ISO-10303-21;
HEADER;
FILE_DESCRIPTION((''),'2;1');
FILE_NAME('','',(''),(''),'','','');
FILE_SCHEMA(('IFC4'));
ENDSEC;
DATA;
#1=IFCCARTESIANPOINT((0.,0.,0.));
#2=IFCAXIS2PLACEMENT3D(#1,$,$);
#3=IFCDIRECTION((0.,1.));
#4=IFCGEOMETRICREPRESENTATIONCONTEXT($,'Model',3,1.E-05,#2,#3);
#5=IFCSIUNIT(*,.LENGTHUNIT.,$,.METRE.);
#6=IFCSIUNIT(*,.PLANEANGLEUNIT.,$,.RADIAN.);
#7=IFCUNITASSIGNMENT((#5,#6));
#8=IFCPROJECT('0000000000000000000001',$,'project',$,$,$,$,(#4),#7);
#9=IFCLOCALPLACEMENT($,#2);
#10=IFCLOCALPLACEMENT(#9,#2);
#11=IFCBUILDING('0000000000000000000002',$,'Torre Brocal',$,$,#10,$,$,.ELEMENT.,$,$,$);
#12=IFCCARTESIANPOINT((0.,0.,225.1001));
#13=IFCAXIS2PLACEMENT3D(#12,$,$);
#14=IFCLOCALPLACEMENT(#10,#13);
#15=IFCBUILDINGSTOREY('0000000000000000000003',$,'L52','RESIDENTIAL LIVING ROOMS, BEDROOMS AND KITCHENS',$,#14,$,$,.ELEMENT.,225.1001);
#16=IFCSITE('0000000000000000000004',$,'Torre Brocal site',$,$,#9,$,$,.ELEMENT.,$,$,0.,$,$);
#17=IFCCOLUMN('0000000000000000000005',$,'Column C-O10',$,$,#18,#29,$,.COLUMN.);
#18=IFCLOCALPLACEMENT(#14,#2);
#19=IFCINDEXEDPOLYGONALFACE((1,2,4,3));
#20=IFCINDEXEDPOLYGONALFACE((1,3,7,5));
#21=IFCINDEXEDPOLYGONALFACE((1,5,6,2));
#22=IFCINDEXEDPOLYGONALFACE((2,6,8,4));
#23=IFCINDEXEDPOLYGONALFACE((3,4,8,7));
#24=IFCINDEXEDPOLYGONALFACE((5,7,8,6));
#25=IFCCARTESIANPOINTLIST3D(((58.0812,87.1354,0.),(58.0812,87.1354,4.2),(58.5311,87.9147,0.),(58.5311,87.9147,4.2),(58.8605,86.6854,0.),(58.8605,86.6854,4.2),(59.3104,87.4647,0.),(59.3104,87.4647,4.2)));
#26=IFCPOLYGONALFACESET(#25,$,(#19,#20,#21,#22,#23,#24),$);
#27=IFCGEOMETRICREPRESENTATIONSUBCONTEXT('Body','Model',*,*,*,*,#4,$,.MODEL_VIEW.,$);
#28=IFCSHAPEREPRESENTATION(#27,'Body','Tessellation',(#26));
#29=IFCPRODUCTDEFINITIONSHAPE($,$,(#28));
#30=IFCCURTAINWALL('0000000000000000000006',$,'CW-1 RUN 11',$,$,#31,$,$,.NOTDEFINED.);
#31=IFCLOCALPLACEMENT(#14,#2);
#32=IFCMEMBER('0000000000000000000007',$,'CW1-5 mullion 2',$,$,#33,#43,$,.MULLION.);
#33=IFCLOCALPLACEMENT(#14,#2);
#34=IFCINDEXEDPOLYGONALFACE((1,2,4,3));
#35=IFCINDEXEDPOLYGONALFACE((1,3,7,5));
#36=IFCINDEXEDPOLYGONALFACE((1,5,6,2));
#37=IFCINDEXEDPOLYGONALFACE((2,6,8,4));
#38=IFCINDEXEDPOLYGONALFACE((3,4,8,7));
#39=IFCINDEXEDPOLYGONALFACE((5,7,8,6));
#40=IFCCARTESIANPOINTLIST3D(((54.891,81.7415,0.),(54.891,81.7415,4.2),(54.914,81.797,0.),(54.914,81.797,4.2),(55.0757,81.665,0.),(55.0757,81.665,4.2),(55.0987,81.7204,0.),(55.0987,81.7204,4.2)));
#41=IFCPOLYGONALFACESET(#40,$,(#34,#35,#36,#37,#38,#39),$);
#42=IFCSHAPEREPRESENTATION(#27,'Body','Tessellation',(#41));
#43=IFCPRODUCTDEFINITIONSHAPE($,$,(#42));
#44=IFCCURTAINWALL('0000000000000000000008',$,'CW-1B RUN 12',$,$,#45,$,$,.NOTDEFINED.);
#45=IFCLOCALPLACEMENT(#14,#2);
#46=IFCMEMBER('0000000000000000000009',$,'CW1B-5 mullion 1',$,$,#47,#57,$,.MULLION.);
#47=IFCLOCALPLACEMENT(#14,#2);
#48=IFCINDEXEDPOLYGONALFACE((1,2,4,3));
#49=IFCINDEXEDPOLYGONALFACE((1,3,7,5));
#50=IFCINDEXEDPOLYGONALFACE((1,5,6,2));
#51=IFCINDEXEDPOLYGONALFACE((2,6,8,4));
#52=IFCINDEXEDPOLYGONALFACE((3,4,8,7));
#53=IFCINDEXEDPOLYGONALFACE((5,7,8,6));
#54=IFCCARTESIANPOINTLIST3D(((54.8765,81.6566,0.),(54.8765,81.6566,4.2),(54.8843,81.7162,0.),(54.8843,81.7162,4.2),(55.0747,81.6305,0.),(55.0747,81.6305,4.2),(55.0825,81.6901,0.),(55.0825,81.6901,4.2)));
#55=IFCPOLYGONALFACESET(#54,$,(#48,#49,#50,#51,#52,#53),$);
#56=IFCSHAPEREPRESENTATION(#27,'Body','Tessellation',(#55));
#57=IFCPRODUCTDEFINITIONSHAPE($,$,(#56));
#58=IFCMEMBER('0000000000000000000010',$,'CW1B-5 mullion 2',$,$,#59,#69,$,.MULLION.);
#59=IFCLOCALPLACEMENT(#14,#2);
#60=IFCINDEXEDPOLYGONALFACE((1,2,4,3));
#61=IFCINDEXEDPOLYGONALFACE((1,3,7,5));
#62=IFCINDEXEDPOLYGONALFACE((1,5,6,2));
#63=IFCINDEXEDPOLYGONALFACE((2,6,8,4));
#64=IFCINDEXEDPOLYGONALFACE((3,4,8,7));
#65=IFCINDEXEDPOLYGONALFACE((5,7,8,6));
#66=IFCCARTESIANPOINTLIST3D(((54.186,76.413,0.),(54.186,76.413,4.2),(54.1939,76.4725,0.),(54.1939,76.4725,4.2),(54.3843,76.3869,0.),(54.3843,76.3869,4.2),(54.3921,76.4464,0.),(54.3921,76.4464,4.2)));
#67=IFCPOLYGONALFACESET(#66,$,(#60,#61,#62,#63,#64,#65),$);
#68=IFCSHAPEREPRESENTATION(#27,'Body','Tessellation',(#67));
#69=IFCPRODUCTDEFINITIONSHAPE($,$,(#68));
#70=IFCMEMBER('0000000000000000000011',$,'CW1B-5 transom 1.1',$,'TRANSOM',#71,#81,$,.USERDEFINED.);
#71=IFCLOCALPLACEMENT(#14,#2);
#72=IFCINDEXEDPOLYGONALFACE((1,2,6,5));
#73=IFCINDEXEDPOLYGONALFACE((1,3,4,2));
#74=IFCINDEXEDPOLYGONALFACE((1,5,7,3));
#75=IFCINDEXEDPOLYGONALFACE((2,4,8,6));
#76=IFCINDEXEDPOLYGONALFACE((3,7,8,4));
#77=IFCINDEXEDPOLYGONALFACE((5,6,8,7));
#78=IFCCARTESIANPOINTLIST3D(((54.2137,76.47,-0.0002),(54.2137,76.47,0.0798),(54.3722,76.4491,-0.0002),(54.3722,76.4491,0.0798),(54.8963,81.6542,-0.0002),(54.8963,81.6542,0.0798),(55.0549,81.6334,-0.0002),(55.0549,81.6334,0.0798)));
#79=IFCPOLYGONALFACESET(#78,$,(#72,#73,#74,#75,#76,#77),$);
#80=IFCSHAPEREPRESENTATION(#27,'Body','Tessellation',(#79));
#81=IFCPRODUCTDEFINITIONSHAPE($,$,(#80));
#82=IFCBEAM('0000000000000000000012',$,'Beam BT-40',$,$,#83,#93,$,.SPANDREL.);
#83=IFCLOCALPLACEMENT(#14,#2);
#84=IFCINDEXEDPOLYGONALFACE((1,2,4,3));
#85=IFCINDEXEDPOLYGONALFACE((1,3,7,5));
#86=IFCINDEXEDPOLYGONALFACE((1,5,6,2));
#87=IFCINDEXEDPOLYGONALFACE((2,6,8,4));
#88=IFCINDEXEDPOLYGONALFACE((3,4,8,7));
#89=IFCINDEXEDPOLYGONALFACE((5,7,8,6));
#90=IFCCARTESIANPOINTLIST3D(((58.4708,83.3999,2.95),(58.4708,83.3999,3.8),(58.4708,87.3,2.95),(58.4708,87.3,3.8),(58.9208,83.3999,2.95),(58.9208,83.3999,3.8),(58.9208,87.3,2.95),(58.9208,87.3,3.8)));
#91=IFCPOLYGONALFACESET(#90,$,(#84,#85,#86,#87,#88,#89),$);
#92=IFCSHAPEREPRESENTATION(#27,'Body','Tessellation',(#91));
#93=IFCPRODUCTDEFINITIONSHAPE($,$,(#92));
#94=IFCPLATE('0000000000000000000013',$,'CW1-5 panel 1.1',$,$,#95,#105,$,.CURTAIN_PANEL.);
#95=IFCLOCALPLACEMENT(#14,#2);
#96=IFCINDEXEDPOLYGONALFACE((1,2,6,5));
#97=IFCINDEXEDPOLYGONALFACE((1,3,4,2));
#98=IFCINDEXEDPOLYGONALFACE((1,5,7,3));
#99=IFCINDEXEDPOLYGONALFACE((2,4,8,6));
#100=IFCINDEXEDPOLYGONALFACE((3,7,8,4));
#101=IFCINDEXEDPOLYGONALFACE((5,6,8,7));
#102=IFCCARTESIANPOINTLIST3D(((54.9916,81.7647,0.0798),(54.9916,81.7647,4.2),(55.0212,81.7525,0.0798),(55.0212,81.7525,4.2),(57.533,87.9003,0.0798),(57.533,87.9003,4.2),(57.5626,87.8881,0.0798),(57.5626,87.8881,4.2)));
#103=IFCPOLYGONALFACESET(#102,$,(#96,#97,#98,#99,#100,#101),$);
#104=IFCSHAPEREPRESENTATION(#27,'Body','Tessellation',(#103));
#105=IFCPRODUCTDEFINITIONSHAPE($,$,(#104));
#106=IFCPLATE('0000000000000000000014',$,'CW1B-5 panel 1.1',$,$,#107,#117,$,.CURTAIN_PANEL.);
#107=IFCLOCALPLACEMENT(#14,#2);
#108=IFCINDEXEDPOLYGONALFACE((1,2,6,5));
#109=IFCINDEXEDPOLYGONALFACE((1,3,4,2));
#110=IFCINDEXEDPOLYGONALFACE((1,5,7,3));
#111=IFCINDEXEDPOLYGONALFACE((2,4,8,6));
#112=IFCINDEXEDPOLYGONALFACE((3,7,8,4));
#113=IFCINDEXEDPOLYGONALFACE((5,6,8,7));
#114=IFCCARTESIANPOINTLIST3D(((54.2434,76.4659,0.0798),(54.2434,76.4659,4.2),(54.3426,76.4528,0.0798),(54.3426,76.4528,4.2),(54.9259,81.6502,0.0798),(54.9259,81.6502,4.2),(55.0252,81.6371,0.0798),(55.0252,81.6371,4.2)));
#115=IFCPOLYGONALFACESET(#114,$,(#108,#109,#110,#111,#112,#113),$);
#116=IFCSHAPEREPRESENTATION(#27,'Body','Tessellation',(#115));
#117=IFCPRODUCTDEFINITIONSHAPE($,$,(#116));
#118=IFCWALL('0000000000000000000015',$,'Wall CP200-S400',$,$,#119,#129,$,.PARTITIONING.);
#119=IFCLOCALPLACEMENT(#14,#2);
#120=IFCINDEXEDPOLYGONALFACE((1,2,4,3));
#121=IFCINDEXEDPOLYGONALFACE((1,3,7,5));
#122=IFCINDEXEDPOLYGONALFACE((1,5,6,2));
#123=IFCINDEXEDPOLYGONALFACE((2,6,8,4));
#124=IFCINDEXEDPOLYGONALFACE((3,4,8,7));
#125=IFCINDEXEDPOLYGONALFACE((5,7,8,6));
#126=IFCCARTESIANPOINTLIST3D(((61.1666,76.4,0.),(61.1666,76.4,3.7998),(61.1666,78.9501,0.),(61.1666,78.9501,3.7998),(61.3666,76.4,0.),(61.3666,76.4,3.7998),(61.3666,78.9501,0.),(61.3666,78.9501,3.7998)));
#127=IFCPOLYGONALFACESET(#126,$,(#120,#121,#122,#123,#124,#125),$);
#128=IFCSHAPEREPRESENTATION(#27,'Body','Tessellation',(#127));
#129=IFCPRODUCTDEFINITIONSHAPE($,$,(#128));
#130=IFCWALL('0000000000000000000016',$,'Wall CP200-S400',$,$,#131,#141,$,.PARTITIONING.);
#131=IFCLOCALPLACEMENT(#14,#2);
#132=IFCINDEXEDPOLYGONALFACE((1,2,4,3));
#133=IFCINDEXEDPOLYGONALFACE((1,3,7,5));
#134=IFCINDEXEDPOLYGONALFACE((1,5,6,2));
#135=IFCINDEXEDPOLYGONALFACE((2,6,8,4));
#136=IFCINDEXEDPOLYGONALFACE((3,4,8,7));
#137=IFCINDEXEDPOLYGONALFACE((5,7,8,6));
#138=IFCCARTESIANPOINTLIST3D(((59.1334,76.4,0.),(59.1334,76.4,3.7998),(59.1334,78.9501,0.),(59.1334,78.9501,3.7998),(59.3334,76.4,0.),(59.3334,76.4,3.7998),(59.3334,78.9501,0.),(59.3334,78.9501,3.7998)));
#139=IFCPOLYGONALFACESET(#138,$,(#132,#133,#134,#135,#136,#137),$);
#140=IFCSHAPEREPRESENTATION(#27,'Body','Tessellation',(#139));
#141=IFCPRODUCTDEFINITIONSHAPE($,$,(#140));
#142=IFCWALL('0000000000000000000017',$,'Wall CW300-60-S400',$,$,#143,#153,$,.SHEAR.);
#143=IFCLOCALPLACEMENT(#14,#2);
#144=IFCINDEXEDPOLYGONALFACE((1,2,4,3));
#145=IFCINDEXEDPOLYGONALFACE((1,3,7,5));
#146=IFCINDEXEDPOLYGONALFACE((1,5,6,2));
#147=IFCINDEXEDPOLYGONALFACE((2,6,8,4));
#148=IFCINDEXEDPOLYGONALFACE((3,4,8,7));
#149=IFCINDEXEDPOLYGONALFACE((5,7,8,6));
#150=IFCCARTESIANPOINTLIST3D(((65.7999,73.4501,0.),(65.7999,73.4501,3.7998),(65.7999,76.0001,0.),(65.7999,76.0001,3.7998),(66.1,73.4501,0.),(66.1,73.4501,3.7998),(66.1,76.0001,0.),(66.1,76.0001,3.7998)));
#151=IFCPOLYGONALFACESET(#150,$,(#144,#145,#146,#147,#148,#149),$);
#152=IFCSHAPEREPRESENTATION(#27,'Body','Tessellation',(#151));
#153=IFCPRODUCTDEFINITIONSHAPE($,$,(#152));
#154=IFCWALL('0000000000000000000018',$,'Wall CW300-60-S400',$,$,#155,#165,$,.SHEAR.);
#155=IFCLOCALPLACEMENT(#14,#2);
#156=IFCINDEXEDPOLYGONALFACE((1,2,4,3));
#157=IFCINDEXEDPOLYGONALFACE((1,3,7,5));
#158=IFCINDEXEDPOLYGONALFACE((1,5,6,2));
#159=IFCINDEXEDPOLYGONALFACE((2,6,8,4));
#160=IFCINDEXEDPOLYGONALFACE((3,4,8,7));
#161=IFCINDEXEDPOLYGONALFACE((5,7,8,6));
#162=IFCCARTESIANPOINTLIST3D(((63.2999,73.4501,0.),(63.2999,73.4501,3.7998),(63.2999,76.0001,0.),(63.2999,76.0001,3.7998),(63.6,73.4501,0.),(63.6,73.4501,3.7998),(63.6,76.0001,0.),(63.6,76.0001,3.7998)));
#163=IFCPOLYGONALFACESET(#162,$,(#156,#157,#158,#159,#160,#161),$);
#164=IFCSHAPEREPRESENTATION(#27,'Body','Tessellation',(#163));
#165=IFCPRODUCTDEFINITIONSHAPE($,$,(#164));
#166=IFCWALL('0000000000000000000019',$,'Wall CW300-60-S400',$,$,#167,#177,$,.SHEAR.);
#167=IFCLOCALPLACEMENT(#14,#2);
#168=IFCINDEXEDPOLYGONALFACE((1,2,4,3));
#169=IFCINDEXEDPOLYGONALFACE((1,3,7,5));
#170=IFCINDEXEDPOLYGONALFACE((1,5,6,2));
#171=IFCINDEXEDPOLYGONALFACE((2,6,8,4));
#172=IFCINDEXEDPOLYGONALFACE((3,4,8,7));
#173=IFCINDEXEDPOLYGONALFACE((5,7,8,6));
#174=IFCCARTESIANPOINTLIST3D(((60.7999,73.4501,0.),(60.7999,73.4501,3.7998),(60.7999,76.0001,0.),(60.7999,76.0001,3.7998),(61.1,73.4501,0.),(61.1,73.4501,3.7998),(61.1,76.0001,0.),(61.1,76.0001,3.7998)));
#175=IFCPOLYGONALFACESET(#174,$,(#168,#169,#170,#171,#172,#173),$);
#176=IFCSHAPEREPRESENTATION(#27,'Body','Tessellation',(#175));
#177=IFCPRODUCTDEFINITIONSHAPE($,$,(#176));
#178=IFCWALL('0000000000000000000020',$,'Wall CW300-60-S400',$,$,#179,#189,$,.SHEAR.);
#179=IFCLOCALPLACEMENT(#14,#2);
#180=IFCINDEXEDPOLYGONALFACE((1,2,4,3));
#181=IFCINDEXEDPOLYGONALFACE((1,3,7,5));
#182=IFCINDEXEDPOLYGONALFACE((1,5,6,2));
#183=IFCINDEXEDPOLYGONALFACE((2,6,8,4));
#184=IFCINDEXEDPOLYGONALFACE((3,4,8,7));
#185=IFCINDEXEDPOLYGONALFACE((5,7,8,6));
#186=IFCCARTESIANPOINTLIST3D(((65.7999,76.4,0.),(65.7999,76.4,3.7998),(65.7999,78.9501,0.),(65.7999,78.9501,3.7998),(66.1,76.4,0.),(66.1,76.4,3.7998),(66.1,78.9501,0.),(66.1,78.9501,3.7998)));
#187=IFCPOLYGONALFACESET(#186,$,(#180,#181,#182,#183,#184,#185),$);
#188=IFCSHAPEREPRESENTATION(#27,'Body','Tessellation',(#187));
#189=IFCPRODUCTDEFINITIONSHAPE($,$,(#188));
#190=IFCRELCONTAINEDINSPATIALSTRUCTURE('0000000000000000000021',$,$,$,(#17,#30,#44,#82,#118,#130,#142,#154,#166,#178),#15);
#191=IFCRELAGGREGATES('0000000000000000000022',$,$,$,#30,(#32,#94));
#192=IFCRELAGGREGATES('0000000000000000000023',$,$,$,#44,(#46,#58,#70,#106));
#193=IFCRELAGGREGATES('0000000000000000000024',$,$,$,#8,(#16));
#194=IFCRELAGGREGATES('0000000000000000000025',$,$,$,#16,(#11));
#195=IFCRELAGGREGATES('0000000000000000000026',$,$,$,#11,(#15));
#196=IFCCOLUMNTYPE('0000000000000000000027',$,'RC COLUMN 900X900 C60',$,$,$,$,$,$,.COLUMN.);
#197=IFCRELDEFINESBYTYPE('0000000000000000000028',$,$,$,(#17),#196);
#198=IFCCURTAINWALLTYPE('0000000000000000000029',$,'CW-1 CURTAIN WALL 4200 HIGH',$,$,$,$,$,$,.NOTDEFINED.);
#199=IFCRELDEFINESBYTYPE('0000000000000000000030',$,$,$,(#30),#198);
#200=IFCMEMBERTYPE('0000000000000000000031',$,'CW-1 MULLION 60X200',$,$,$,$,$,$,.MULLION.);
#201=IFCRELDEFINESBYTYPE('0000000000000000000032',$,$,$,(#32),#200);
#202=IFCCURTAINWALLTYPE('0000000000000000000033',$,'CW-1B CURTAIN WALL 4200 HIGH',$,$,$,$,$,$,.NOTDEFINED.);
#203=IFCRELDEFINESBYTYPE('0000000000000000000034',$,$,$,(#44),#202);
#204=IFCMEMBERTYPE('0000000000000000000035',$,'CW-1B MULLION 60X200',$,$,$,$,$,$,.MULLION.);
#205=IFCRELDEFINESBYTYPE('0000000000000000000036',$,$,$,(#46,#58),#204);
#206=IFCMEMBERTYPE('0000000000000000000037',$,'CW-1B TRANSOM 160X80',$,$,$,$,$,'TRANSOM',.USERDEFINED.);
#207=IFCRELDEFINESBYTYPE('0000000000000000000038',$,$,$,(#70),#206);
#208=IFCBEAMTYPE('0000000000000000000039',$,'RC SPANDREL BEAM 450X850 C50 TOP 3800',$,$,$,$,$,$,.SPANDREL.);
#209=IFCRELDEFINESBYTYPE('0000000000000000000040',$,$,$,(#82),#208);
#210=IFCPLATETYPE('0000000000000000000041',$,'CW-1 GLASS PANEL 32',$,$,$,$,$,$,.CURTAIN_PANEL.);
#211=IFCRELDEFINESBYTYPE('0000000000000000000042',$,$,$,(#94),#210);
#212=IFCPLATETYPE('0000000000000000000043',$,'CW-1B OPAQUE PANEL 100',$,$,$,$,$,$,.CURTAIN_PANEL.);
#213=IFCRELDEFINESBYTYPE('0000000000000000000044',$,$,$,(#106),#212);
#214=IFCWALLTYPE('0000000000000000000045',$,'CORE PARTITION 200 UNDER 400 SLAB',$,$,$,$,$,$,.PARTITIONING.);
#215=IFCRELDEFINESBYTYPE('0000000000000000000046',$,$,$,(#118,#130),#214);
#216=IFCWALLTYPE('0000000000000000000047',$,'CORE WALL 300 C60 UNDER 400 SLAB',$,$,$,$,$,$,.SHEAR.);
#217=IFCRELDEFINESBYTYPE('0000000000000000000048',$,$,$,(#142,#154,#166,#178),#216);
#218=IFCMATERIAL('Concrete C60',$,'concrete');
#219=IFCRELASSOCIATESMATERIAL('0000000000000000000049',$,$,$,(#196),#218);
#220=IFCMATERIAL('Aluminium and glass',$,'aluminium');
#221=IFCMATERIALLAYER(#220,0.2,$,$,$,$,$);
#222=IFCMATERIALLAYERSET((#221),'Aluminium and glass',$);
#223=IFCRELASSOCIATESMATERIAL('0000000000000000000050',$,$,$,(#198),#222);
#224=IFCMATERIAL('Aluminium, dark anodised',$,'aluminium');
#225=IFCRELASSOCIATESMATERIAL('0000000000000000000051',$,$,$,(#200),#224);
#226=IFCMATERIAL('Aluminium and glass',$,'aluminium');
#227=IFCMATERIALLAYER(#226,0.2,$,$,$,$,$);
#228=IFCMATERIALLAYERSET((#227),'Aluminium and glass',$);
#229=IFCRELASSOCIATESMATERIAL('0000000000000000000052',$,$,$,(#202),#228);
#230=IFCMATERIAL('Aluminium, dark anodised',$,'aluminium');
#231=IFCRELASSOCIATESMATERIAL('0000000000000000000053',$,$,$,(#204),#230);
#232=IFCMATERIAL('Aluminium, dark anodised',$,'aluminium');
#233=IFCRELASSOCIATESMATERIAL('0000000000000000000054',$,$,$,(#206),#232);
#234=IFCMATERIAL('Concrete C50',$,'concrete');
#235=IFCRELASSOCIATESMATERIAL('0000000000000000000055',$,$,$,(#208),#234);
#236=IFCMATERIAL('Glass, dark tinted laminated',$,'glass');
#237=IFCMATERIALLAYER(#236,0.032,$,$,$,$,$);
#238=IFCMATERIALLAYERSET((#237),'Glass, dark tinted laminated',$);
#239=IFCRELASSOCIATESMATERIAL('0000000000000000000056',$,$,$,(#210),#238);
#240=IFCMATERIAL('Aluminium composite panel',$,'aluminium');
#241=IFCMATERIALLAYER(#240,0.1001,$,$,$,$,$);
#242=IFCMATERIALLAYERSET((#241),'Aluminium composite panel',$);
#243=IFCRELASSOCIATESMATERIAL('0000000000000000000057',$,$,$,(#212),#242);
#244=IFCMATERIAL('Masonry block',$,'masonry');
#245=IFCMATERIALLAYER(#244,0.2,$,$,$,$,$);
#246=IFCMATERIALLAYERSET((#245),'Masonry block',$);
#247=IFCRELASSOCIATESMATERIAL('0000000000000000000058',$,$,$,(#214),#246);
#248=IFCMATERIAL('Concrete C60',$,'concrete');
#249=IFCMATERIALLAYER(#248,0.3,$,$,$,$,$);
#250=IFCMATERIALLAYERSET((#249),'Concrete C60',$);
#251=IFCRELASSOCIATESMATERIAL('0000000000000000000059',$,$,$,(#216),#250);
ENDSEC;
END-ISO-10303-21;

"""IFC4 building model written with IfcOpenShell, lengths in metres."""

from ifc_helpers import new_model, si_unit, direction, frame, frame_2d, origin, origin_2d, place, context, subcontext, project, spatial, rectangle, extrude, material, layer, layer_set, material_profile, profile_set, type_object, element, aggregate, save


model = new_model("IFC4")

# Units and contexts
model_context = context("Model", 3, precision=1e-05, world=origin(), true_north=direction((0.0, 1.0)))
body_context = subcontext(model_context, "Body", "Model", "MODEL_VIEW")
ifc_project = project(units=[si_unit("LENGTHUNIT", "METRE"), si_unit("PLANEANGLEUNIT", "RADIAN")], contexts=[model_context])

# Site, building, storey
site_placement = place(None, origin())
site = spatial("IfcSite", under=ifc_project, at=site_placement, Name="Torre Brocal site", CompositionType="ELEMENT", RefElevation=0.0)
building_placement = place(site_placement, origin())
building = spatial("IfcBuilding", under=site, at=building_placement, Name="Torre Brocal", CompositionType="ELEMENT")
storey_placement = place(building_placement, frame((0.0, 0.0, 225.1001)))
storey = spatial("IfcBuildingStorey", under=building, at=storey_placement, Name="L52", Description="RESIDENTIAL LIVING ROOMS, BEDROOMS AND KITCHENS", CompositionType="ELEMENT", Elevation=225.1001)

# Column
ifc_material_1 = material(Name="Concrete C60", Category="concrete")
ifc_material_profile_1 = material_profile(ifc_material_1, rectangle(XDim=0.8999, YDim=0.8999, at=origin_2d()), Name="RC 900X900")
ifc_profile_set_1 = profile_set([ifc_material_profile_1], Name="Concrete C60")
column_type = type_object("IfcColumnType", Name="RC COLUMN 900X900 C60", PredefinedType="COLUMN", material=ifc_profile_set_1)
column_placement = place(storey_placement, frame((58.6958, 87.3, 0.0), z_axis=(0.0, 0.0, 1.0), x_axis=(-0.866025, 0.5, 0.0)))
element("IfcColumn", 1, at=column_placement, inside=storey, type_object=column_type, Name="Column C-O10", PredefinedType="COLUMN", context=body_context, shape_type="SweptSolid", body=[
    extrude(rectangle(XDim=0.8999, YDim=0.8999, at=origin_2d()), origin(), (0.0, 0.0, 1.0), 4.2),
])

# Curtain wall, member
ifc_material_2 = material(Name="Aluminium and glass", Category="aluminium")
ifc_layer_1 = layer(ifc_material_2, 0.2)
ifc_layer_set_1 = layer_set([ifc_layer_1], Name="Aluminium and glass")
curtain_wall_type_1 = type_object("IfcCurtainWallType", Name="CW-1 CURTAIN WALL 4200 HIGH", PredefinedType="NOTDEFINED", material=ifc_layer_set_1)
curtain_wall_1_placement = place(storey_placement, origin())
curtain_wall_1 = element("IfcCurtainWall", 2, at=curtain_wall_1_placement, inside=storey, type_object=curtain_wall_type_1, Name="CW-1 RUN 11", PredefinedType="NOTDEFINED")
ifc_material_3 = material(Name="Aluminium, dark anodised", Category="aluminium")
ifc_material_profile_2 = material_profile(ifc_material_3, rectangle(XDim=0.2, YDim=0.0601, at=origin_2d()), Name="CW-1 MULLION 60X200")
ifc_profile_set_2 = profile_set([ifc_material_profile_2], Name="Aluminium, dark anodised")
member_type_1 = type_object("IfcMemberType", Name="CW-1 MULLION 60X200", PredefinedType="MULLION", material=ifc_profile_set_2)
member_1_placement = place(storey_placement, frame((54.9949, 81.731, 0.0), z_axis=(0.0, 0.0, 1.0), x_axis=(0.92388, -0.382683, 0.0)))
member_1 = element("IfcMember", 3, at=member_1_placement, type_object=member_type_1, Name="CW1-5 mullion 2", PredefinedType="MULLION", context=body_context, shape_type="SweptSolid", body=[
    extrude(rectangle(XDim=0.2, YDim=0.0601, at=origin_2d()), origin(), (0.0, 0.0, 1.0), 4.2),
])

# Curtain wall, members
ifc_material_4 = material(Name="Aluminium and glass", Category="aluminium")
ifc_layer_2 = layer(ifc_material_4, 0.2)
ifc_layer_set_2 = layer_set([ifc_layer_2], Name="Aluminium and glass")
curtain_wall_type_2 = type_object("IfcCurtainWallType", Name="CW-1B CURTAIN WALL 4200 HIGH", PredefinedType="NOTDEFINED", material=ifc_layer_set_2)
curtain_wall_2_placement = place(storey_placement, origin())
curtain_wall_2 = element("IfcCurtainWall", 4, at=curtain_wall_2_placement, inside=storey, type_object=curtain_wall_type_2, Name="CW-1B RUN 12", PredefinedType="NOTDEFINED")
ifc_material_5 = material(Name="Aluminium, dark anodised", Category="aluminium")
ifc_material_profile_3 = material_profile(ifc_material_5, rectangle(XDim=0.2, YDim=0.0601, at=origin_2d()), Name="CW-1B MULLION 60X200")
ifc_profile_set_3 = profile_set([ifc_material_profile_3], Name="Aluminium, dark anodised")
member_type_2 = type_object("IfcMemberType", Name="CW-1B MULLION 60X200", PredefinedType="MULLION", material=ifc_profile_set_3)
member_2_placement = place(storey_placement, frame((54.9795, 81.6733, 0.0), z_axis=(0.0, 0.0, 1.0), x_axis=(0.991445, -0.130526, 0.0)))
member_2 = element("IfcMember", 5, at=member_2_placement, type_object=member_type_2, Name="CW1B-5 mullion 1", PredefinedType="MULLION", context=body_context, shape_type="SweptSolid", body=[
    extrude(rectangle(XDim=0.2, YDim=0.0601, at=origin_2d()), origin(), (0.0, 0.0, 1.0), 4.2),
])
member_3_placement = place(storey_placement, frame((54.2891, 76.4297, 0.0), z_axis=(0.0, 0.0, 1.0), x_axis=(0.991445, -0.130526, 0.0)))
member_3 = element("IfcMember", 6, at=member_3_placement, type_object=member_type_2, Name="CW1B-5 mullion 2", PredefinedType="MULLION", context=body_context, shape_type="SweptSolid", body=[
    extrude(rectangle(XDim=0.2, YDim=0.0601, at=origin_2d()), origin(), (0.0, 0.0, 1.0), 4.2),
])
ifc_material_6 = material(Name="Aluminium, dark anodised", Category="aluminium")
ifc_material_profile_4 = material_profile(ifc_material_6, rectangle(XDim=0.1599, YDim=0.0801, at=origin_2d()), Name="CW-1B TRANSOM 160X80")
ifc_profile_set_4 = profile_set([ifc_material_profile_4], Name="Aluminium, dark anodised")
member_type_3 = type_object("IfcMemberType", Name="CW-1B TRANSOM 160X80", ElementType="TRANSOM", PredefinedType="USERDEFINED", material=ifc_profile_set_4)
member_4_placement = place(storey_placement, frame((54.9756, 81.6438, 0.0398), z_axis=(-0.130543, -0.991443, 0.0), x_axis=(0.991443, -0.130543, 0.0)))
member_4 = element("IfcMember", 7, at=member_4_placement, type_object=member_type_3, Name="CW1B-5 transom 1.1", ObjectType="TRANSOM", PredefinedType="USERDEFINED", context=body_context, shape_type="SweptSolid", body=[
    extrude(rectangle(XDim=0.1599, YDim=0.0801, at=origin_2d()), origin(), (0.0, 0.0, 1.0), 5.229),
])

# Beam
ifc_material_7 = material(Name="Concrete C50", Category="concrete")
ifc_material_profile_5 = material_profile(ifc_material_7, rectangle(XDim=0.45, YDim=0.8501, at=origin_2d()), Name="RC 450X850")
ifc_profile_set_5 = profile_set([ifc_material_profile_5], Name="Concrete C50")
beam_type = type_object("IfcBeamType", Name="RC SPANDREL BEAM 450X850 C50 TOP 3800", PredefinedType="SPANDREL", material=ifc_profile_set_5)
beam_placement = place(storey_placement, frame((58.6958, 87.3, 3.375), z_axis=(0.0, -1.0, 0.0), x_axis=(1.0, 0.0, 0.0)))
element("IfcBeam", 8, at=beam_placement, inside=storey, type_object=beam_type, Name="Beam BT-40", PredefinedType="SPANDREL", context=body_context, shape_type="SweptSolid", body=[
    extrude(rectangle(XDim=0.45, YDim=0.8501, at=origin_2d()), origin(), (0.0, 0.0, 1.0), 3.9001),
])

# Plates
ifc_material_8 = material(Name="Glass, dark tinted laminated", Category="glass")
ifc_layer_3 = layer(ifc_material_8, 0.032)
ifc_layer_set_3 = layer_set([ifc_layer_3], Name="Glass, dark tinted laminated")
plate_type_1 = type_object("IfcPlateType", Name="CW-1 GLASS PANEL 32", PredefinedType="CURTAIN_PANEL", material=ifc_layer_set_3)
plate_1_placement = place(storey_placement, frame((56.2771, 84.8264, 0.0798), z_axis=(0.0, 0.0, 1.0), x_axis=(-0.382683, -0.92388, 0.0)))
plate_1 = element("IfcPlate", 9, at=plate_1_placement, type_object=plate_type_1, Name="CW1-5 panel 1.1", PredefinedType="CURTAIN_PANEL", context=body_context, shape_type="SweptSolid", body=[
    extrude(rectangle(XDim=6.6411, YDim=0.032, at=origin_2d()), origin(), (0.0, 0.0, 1.0), 4.1201),
])
aggregate(curtain_wall_1, [member_1, plate_1])
ifc_material_9 = material(Name="Aluminium composite panel", Category="aluminium")
ifc_layer_4 = layer(ifc_material_9, 0.1001)
ifc_layer_set_4 = layer_set([ifc_layer_4], Name="Aluminium composite panel")
plate_type_2 = type_object("IfcPlateType", Name="CW-1B OPAQUE PANEL 100", PredefinedType="CURTAIN_PANEL", material=ifc_layer_set_4)
plate_2_placement = place(storey_placement, frame((54.6343, 79.0515, 0.0798), z_axis=(0.0, 0.0, 1.0), x_axis=(-0.130526, -0.991445, 0.0)))
plate_2 = element("IfcPlate", 10, at=plate_2_placement, type_object=plate_type_2, Name="CW1B-5 panel 1.1", PredefinedType="CURTAIN_PANEL", context=body_context, shape_type="SweptSolid", body=[
    extrude(rectangle(XDim=5.229, YDim=0.1001, at=origin_2d()), origin(), (0.0, 0.0, 1.0), 4.1201),
])
aggregate(curtain_wall_2, [member_2, member_3, member_4, plate_2])

# Walls
ifc_material_10 = material(Name="Masonry block", Category="masonry")
ifc_layer_5 = layer(ifc_material_10, 0.2)
ifc_layer_set_5 = layer_set([ifc_layer_5], Name="Masonry block")
wall_type_1 = type_object("IfcWallType", Name="CORE PARTITION 200 UNDER 400 SLAB", PredefinedType="PARTITIONING", material=ifc_layer_set_5)
for number, where, z_axis, x_axis, name in (
    (11, (61.2666, 78.95, 0.0), (0.0, 0.0, 1.0), (0.0, -1.0, 0.0), "Wall CP200-S400"),
    (12, (59.2334, 78.95, 0.0), (0.0, 0.0, 1.0), (0.0, -1.0, 0.0), "Wall CP200-S400"),
):
    element("IfcWall", number, at=place(storey_placement, frame(where, z_axis=z_axis, x_axis=x_axis)), inside=storey, type_object=wall_type_1, Name=name, PredefinedType="PARTITIONING", context=body_context, shape_type="SweptSolid", body=[
        extrude(rectangle(XDim=2.55, YDim=0.2, at=frame_2d((1.2749, 0.0))), origin(), (0.0, 0.0, 1.0), 3.7998),
    ])
ifc_material_11 = material(Name="Concrete C60", Category="concrete")
ifc_layer_6 = layer(ifc_material_11, 0.3)
ifc_layer_set_6 = layer_set([ifc_layer_6], Name="Concrete C60")
wall_type_2 = type_object("IfcWallType", Name="CORE WALL 300 C60 UNDER 400 SLAB", PredefinedType="SHEAR", material=ifc_layer_set_6)
for number, where, z_axis, x_axis, name in (
    (13, (65.95, 76.0, 0.0), (0.0, 0.0, 1.0), (0.0, -1.0, 0.0), "Wall CW300-60-S400"),
    (14, (63.45, 76.0, 0.0), (0.0, 0.0, 1.0), (0.0, -1.0, 0.0), "Wall CW300-60-S400"),
    (15, (60.95, 76.0, 0.0), (0.0, 0.0, 1.0), (0.0, -1.0, 0.0), "Wall CW300-60-S400"),
    (16, (65.95, 78.95, 0.0), (0.0, 0.0, 1.0), (0.0, -1.0, 0.0), "Wall CW300-60-S400"),
):
    element("IfcWall", number, at=place(storey_placement, frame(where, z_axis=z_axis, x_axis=x_axis)), inside=storey, type_object=wall_type_2, Name=name, PredefinedType="SHEAR", context=body_context, shape_type="SweptSolid", body=[
        extrude(rectangle(XDim=2.55, YDim=0.3, at=frame_2d((1.2749, 0.0))), origin(), (0.0, 0.0, 1.0), 3.7998),
    ])

save(model, "model.ifc")
